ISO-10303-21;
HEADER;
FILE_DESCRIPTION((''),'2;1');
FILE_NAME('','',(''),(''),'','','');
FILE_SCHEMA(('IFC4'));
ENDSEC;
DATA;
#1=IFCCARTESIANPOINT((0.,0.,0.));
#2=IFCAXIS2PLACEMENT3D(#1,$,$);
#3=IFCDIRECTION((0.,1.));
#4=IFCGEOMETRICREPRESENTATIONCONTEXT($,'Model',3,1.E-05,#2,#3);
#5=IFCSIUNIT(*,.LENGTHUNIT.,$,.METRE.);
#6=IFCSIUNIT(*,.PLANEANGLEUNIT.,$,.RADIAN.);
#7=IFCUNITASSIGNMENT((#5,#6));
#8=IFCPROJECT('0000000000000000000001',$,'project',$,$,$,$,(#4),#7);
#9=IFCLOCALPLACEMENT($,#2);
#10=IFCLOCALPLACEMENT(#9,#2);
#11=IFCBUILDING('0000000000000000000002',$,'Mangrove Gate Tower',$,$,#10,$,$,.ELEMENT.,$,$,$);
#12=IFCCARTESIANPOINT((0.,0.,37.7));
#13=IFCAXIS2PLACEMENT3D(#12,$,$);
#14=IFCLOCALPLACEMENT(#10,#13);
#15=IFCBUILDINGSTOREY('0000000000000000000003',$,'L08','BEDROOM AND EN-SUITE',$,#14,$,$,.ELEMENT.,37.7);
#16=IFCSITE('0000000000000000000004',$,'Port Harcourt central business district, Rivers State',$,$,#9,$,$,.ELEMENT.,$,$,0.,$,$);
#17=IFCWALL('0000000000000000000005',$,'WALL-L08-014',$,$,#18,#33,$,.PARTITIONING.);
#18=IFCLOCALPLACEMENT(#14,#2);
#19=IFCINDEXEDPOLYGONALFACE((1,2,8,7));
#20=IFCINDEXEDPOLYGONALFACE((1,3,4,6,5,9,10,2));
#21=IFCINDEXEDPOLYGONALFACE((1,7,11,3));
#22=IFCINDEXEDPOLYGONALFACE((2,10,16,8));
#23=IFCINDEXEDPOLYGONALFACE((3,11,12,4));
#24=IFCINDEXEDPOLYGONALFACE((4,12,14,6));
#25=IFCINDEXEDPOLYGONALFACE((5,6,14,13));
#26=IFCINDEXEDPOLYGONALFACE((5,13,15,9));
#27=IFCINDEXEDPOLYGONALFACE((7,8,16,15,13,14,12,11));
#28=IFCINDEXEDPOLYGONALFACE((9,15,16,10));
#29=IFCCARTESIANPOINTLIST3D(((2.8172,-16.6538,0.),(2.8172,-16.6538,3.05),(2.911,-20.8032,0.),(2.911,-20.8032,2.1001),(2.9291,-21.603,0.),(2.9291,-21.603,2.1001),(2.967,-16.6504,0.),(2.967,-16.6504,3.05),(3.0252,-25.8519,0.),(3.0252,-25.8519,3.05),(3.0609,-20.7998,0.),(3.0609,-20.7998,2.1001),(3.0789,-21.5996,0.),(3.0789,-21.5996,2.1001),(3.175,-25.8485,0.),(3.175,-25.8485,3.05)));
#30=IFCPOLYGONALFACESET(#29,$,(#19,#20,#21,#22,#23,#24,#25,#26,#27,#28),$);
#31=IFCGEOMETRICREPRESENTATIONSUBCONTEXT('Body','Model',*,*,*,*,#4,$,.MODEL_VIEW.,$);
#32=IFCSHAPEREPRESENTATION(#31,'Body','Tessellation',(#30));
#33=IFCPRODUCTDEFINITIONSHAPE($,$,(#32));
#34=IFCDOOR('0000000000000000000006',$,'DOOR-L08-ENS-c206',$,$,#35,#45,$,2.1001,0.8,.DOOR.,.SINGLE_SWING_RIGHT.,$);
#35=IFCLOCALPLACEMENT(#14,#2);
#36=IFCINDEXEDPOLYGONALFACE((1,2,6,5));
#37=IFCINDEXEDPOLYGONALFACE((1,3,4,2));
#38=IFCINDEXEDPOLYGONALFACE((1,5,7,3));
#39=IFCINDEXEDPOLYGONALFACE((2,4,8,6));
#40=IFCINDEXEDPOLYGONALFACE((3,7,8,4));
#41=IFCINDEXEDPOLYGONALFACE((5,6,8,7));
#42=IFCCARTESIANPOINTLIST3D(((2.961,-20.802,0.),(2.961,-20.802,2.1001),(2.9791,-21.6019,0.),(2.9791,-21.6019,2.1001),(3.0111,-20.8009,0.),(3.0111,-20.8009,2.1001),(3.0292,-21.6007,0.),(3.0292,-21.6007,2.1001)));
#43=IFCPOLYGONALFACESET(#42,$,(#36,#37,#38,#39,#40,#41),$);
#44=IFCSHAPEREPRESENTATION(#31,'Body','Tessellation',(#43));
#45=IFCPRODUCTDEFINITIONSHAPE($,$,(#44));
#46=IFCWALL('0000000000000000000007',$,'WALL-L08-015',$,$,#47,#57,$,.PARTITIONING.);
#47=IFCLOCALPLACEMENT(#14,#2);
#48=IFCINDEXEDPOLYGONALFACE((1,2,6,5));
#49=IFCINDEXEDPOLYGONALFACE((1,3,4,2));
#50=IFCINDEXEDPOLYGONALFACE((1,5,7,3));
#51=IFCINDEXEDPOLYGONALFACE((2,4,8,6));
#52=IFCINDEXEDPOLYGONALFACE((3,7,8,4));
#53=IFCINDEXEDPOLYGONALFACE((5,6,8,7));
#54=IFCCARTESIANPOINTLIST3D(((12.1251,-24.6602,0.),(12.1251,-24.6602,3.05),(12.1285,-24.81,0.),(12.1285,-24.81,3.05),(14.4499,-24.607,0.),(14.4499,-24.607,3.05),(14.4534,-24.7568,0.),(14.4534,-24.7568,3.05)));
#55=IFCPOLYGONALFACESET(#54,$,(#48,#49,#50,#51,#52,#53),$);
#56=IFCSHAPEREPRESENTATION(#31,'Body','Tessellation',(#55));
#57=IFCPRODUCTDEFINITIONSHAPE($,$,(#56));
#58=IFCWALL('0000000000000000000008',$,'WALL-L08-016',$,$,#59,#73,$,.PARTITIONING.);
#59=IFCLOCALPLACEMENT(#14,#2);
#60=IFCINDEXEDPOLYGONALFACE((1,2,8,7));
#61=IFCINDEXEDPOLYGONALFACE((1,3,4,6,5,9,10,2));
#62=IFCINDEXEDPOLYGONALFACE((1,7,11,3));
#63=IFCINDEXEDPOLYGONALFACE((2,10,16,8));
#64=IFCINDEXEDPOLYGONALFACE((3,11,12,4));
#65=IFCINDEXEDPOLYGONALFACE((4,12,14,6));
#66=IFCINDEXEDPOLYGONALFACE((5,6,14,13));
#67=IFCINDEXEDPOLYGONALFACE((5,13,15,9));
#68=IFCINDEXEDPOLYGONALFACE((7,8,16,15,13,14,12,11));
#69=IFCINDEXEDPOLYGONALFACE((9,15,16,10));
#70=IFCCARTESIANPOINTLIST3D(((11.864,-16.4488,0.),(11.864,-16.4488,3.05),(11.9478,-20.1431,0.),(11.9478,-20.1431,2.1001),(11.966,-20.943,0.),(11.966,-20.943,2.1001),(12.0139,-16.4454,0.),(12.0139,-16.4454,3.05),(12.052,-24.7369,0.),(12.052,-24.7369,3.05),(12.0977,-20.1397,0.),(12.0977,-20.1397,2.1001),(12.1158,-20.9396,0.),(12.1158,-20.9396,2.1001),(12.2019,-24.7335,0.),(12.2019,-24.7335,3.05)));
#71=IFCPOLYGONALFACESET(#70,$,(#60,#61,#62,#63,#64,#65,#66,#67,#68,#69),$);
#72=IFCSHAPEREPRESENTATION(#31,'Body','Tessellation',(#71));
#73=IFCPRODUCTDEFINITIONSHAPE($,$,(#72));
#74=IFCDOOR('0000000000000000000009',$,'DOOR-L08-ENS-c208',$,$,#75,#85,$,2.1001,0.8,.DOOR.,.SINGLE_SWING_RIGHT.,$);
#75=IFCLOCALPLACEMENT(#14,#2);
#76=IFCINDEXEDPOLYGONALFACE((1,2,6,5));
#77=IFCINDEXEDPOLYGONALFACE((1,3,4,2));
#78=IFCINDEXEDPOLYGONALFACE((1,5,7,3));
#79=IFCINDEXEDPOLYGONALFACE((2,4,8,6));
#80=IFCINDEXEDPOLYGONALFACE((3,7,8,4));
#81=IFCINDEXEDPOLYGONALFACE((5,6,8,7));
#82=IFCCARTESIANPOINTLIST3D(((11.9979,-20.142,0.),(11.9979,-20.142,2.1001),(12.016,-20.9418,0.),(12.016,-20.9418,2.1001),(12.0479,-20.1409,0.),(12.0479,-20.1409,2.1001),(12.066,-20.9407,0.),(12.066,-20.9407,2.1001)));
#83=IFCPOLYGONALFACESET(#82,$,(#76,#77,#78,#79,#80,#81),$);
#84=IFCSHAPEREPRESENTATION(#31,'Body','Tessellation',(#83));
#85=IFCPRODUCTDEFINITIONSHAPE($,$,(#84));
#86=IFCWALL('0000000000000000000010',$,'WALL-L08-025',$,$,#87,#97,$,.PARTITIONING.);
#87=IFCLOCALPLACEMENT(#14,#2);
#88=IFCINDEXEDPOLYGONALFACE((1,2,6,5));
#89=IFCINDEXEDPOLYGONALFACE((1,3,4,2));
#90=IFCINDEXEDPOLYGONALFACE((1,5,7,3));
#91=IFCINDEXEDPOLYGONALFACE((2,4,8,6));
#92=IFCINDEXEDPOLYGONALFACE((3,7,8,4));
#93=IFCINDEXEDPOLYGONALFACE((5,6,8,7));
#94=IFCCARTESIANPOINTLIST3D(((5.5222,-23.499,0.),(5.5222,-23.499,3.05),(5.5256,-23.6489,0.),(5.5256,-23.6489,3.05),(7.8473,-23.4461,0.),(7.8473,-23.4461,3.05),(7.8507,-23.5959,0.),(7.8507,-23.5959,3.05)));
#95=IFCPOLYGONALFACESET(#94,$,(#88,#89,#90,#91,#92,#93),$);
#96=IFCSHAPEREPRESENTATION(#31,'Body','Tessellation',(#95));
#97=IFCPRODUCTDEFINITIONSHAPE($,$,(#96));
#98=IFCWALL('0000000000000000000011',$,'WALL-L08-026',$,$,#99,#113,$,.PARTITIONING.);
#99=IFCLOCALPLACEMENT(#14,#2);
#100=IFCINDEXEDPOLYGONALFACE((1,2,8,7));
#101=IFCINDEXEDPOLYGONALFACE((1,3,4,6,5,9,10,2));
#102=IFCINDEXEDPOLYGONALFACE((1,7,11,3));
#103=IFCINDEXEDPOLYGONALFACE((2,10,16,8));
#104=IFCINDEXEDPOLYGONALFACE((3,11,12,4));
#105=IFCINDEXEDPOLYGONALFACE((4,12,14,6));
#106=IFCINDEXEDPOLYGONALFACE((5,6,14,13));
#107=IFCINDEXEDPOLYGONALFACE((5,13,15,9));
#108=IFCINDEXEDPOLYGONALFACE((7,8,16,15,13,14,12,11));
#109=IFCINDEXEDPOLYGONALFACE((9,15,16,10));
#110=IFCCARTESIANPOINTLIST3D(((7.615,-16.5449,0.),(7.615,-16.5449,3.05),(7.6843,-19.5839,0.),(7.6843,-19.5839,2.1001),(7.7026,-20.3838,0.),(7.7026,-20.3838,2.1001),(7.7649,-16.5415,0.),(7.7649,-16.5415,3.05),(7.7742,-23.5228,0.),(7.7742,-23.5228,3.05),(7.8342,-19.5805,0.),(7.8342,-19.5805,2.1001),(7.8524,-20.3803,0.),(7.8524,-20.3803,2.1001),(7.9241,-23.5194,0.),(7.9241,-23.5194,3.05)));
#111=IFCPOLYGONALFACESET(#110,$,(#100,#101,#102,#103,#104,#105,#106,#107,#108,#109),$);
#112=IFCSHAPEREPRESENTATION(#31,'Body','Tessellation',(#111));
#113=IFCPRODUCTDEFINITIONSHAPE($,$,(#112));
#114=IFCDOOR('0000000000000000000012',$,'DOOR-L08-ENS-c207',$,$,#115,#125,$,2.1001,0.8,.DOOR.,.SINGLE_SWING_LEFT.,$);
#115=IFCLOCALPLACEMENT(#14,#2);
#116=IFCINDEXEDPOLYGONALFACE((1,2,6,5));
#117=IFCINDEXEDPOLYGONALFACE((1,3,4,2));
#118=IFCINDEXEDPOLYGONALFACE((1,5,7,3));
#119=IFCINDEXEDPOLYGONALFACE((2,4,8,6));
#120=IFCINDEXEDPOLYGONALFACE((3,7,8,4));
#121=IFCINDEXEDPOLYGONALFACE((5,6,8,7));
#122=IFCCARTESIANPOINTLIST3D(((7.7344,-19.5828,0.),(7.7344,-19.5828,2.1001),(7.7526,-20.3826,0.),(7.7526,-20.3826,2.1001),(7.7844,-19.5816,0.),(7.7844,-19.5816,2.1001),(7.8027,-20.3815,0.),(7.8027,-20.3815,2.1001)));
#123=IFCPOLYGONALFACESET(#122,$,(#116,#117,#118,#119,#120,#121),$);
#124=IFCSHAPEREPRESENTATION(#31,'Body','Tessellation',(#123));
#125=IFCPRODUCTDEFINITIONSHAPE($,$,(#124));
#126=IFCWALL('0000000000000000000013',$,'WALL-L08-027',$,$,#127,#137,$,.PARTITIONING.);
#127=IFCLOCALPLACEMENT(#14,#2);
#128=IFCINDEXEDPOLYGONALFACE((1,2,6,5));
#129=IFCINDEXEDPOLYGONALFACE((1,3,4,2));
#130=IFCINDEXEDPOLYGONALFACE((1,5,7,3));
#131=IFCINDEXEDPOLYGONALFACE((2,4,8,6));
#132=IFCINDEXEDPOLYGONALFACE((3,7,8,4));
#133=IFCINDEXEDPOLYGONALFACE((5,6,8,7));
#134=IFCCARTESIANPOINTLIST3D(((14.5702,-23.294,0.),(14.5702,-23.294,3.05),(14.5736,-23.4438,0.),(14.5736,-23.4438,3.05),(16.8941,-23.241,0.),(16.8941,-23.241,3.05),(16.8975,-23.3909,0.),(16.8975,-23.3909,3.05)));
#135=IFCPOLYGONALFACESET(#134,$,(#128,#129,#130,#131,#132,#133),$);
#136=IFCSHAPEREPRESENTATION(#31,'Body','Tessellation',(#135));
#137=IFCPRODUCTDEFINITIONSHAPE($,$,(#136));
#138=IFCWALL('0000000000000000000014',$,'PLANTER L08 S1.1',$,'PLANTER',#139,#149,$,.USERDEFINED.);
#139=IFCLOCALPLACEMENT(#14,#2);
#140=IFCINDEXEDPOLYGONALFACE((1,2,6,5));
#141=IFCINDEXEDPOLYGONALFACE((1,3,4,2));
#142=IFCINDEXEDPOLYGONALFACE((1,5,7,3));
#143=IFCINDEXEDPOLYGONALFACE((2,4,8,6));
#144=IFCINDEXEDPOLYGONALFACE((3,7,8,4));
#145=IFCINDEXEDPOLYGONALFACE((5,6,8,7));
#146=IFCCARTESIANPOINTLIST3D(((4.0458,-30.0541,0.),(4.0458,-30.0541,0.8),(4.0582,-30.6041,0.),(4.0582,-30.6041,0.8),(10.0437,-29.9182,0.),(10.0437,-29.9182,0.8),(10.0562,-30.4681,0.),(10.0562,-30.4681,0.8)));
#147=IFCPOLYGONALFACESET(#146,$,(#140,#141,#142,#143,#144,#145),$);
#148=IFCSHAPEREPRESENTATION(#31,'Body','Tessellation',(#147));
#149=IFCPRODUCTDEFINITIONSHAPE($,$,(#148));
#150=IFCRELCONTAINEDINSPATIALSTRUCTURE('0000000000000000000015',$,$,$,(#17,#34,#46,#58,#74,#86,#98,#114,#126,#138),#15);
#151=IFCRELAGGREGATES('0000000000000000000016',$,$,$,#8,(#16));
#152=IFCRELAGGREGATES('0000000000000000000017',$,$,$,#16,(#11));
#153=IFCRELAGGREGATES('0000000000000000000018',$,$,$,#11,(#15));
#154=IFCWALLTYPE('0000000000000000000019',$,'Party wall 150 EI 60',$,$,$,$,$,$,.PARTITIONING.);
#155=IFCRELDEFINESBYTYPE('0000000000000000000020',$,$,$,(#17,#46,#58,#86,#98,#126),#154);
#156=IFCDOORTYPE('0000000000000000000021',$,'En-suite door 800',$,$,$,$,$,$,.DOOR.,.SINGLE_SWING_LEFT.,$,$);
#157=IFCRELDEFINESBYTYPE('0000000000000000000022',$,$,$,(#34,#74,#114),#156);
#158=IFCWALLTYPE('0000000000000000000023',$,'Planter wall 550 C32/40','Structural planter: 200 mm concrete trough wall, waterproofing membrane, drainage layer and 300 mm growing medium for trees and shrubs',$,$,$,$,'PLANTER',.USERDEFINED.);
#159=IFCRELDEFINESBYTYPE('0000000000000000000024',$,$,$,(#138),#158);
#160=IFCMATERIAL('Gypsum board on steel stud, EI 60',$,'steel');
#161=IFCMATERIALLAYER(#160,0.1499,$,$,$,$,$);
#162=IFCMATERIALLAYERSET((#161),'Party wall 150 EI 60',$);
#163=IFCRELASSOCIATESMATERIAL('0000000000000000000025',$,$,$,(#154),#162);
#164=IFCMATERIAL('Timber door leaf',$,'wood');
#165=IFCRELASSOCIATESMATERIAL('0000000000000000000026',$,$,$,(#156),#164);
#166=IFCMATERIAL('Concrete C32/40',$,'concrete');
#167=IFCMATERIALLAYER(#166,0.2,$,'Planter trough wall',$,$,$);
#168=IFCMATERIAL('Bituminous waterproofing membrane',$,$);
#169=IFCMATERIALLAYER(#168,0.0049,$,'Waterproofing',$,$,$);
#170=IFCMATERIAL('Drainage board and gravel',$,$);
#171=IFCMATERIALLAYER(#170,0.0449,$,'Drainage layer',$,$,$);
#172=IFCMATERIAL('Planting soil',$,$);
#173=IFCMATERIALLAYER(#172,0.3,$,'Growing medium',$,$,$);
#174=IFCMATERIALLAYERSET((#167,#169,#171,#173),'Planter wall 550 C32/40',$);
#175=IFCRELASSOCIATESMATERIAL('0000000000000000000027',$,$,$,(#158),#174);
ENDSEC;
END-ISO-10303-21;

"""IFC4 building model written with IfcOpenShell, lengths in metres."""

from ifc_helpers import new_model, si_unit, direction, frame, frame_2d, origin, place, context, subcontext, project, spatial, rectangle, extrude, material, layer, layer_set, type_object, element, fill, save


model = new_model("IFC4")

# Units and contexts
model_context = context("Model", 3, precision=1e-05, world=origin(), true_north=direction((0.0, 1.0)))
body_context = subcontext(model_context, "Body", "Model", "MODEL_VIEW")
ifc_project = project(units=[si_unit("LENGTHUNIT", "METRE"), si_unit("PLANEANGLEUNIT", "RADIAN")], contexts=[model_context])

# Site, building, storey
site_placement = place(None, origin())
site = spatial("IfcSite", under=ifc_project, at=site_placement, Name="Port Harcourt central business district, Rivers State", CompositionType="ELEMENT", RefElevation=0.0)
building_placement = place(site_placement, origin())
building = spatial("IfcBuilding", under=site, at=building_placement, Name="Mangrove Gate Tower", CompositionType="ELEMENT")
storey_placement = place(building_placement, frame((0.0, 0.0, 37.7)))
storey = spatial("IfcBuildingStorey", under=building, at=storey_placement, Name="L08", Description="BEDROOM AND EN-SUITE", CompositionType="ELEMENT", Elevation=37.7)

# Shared definitions
ifc_material_1 = material(Name="Gypsum board on steel stud, EI 60", Category="steel")
ifc_layer_1 = layer(ifc_material_1, 0.1499)
ifc_layer_set_1 = layer_set([ifc_layer_1], Name="Party wall 150 EI 60")
wall_type_1 = type_object("IfcWallType", Name="Party wall 150 EI 60", PredefinedType="PARTITIONING", material=ifc_layer_set_1)

# Wall, opening, door
wall_1_placement = place(storey_placement, frame((3.1001, -25.8501, 0.0), z_axis=(0.0, 0.0, 1.0), x_axis=(-0.022609, 0.999744, 0.0)))
wall_1 = element("IfcWall", 1, at=wall_1_placement, inside=storey, type_object=wall_type_1, Name="WALL-L08-014", PredefinedType="PARTITIONING", context=body_context, shape_type="SweptSolid", body=[
    extrude(rectangle(XDim=9.2004, YDim=0.1499, at=frame_2d((4.6001, 0.0))), origin(), (0.0, 0.0, 1.0), 3.05),
])
opening_1_placement = place(wall_1_placement, frame((4.25, 0.0, 0.0)))
opening_1 = element("IfcOpeningElement", 2, at=opening_1_placement, cuts=wall_1, PredefinedType="OPENING", context=body_context, shape_type="SweptSolid", body=[
    extrude(rectangle(XDim=0.8, YDim=2.1001, at=frame_2d((0.3999, 1.05))), frame((0.0, 0.085, 0.0), z_axis=(0.0, -1.0, 0.0), x_axis=(1.0, 0.0, 0.0)), (0.0, 0.0, 1.0), 0.1699),
])
ifc_material_2 = material(Name="Timber door leaf", Category="wood")
door_type_1 = type_object("IfcDoorType", Name="En-suite door 800", OperationType="SINGLE_SWING_LEFT", PredefinedType="DOOR", material=ifc_material_2)
door_1_placement = place(opening_1_placement, origin())
door_1 = element("IfcDoor", 3, at=door_1_placement, inside=storey, type_object=door_type_1, Name="DOOR-L08-ENS-c206", OperationType="SINGLE_SWING_RIGHT", OverallHeight=2.1001, OverallWidth=0.8, PredefinedType="DOOR", context=body_context, shape_type="SweptSolid", body=[
    extrude(rectangle(XDim=0.8, YDim=2.1001, at=frame_2d((0.3999, 1.05))), frame((0.0, 0.0249, 0.0), z_axis=(0.0, -1.0, 0.0), x_axis=(1.0, 0.0, 0.0)), (0.0, 0.0, 1.0), 0.05),
])
fill(opening_1, door_1)

# Wall
wall_2_placement = place(storey_placement, frame((12.127, -24.7351, 0.0), z_axis=(0.0, 0.0, 1.0), x_axis=(0.999738, 0.022886, 0.0)))
element("IfcWall", 4, at=wall_2_placement, inside=storey, type_object=wall_type_1, Name="WALL-L08-015", PredefinedType="PARTITIONING", context=body_context, shape_type="SweptSolid", body=[
    extrude(rectangle(XDim=2.3254, YDim=0.1499, at=frame_2d((1.1626, 0.0))), origin(), (0.0, 0.0, 1.0), 3.05),
])

# Wall, opening, door
wall_3_placement = place(storey_placement, frame((12.127, -24.7351, 0.0), z_axis=(0.0, 0.0, 1.0), x_axis=(-0.022676, 0.999743, 0.0)))
wall_3 = element("IfcWall", 5, at=wall_3_placement, inside=storey, type_object=wall_type_1, Name="WALL-L08-016", PredefinedType="PARTITIONING", context=body_context, shape_type="SweptSolid", body=[
    extrude(rectangle(XDim=8.2903, YDim=0.1499, at=frame_2d((4.145, 0.0))), origin(), (0.0, 0.0, 1.0), 3.05),
])
opening_2_placement = place(wall_3_placement, frame((3.7949, 0.0, 0.0)))
opening_2 = element("IfcOpeningElement", 6, at=opening_2_placement, cuts=wall_3, PredefinedType="OPENING", context=body_context, shape_type="SweptSolid", body=[
    extrude(rectangle(XDim=0.8, YDim=2.1001, at=frame_2d((0.3999, 1.05))), frame((0.0, 0.085, 0.0), z_axis=(0.0, -1.0, 0.0), x_axis=(1.0, 0.0, 0.0)), (0.0, 0.0, 1.0), 0.1699),
])
door_2_placement = place(opening_2_placement, origin())
door_2 = element("IfcDoor", 7, at=door_2_placement, inside=storey, type_object=door_type_1, Name="DOOR-L08-ENS-c208", OperationType="SINGLE_SWING_RIGHT", OverallHeight=2.1001, OverallWidth=0.8, PredefinedType="DOOR", context=body_context, shape_type="SweptSolid", body=[
    extrude(rectangle(XDim=0.8, YDim=2.1001, at=frame_2d((0.3999, 1.05))), frame((0.0, 0.0249, 0.0), z_axis=(0.0, -1.0, 0.0), x_axis=(1.0, 0.0, 0.0)), (0.0, 0.0, 1.0), 0.05),
])
fill(opening_2, door_2)

# Wall
wall_4_placement = place(storey_placement, frame((5.5239, -23.574, 0.0), z_axis=(0.0, 0.0, 1.0), x_axis=(0.999741, 0.022779, 0.0)))
element("IfcWall", 8, at=wall_4_placement, inside=storey, type_object=wall_type_1, Name="WALL-L08-025", PredefinedType="PARTITIONING", context=body_context, shape_type="SweptSolid", body=[
    extrude(rectangle(XDim=2.3257, YDim=0.1499, at=frame_2d((1.1628, 0.0))), origin(), (0.0, 0.0, 1.0), 3.05),
])

# Wall, opening, door
wall_5_placement = place(storey_placement, frame((7.8491, -23.521, 0.0), z_axis=(0.0, 0.0, 1.0), x_axis=(-0.022806, 0.99974, 0.0)))
wall_5 = element("IfcWall", 9, at=wall_5_placement, inside=storey, type_object=wall_type_1, Name="WALL-L08-026", PredefinedType="PARTITIONING", context=body_context, shape_type="SweptSolid", body=[
    extrude(rectangle(XDim=6.9797, YDim=0.1499, at=frame_2d((3.4897, 0.0))), origin(), (0.0, 0.0, 1.0), 3.05),
])
opening_3_placement = place(wall_5_placement, frame((3.1399, 0.0, 0.0)))
opening_3 = element("IfcOpeningElement", 10, at=opening_3_placement, cuts=wall_5, PredefinedType="OPENING", context=body_context, shape_type="SweptSolid", body=[
    extrude(rectangle(XDim=0.8, YDim=2.1001, at=frame_2d((0.3999, 1.05))), frame((0.0, 0.085, 0.0), z_axis=(0.0, -1.0, 0.0), x_axis=(1.0, 0.0, 0.0)), (0.0, 0.0, 1.0), 0.1699),
])
door_3_placement = place(opening_3_placement, origin())
door_3 = element("IfcDoor", 11, at=door_3_placement, inside=storey, type_object=door_type_1, Name="DOOR-L08-ENS-c207", OperationType="SINGLE_SWING_LEFT", OverallHeight=2.1001, OverallWidth=0.8, PredefinedType="DOOR", context=body_context, shape_type="SweptSolid", body=[
    extrude(rectangle(XDim=0.8, YDim=2.1001, at=frame_2d((0.3999, 1.05))), frame((0.0, 0.0249, 0.0), z_axis=(0.0, -1.0, 0.0), x_axis=(1.0, 0.0, 0.0)), (0.0, 0.0, 1.0), 0.05),
])
fill(opening_3, door_3)

# Walls
wall_6_placement = place(storey_placement, frame((14.572, -23.3689, 0.0), z_axis=(0.0, 0.0, 1.0), x_axis=(0.99974, 0.022791, 0.0)))
element("IfcWall", 12, at=wall_6_placement, inside=storey, type_object=wall_type_1, Name="WALL-L08-027", PredefinedType="PARTITIONING", context=body_context, shape_type="SweptSolid", body=[
    extrude(rectangle(XDim=2.3245, YDim=0.1499, at=frame_2d((1.1621, 0.0))), origin(), (0.0, 0.0, 1.0), 3.05),
])
ifc_material_3 = material(Name="Concrete C32/40", Category="concrete")
ifc_layer_2 = layer(ifc_material_3, 0.2, Name="Planter trough wall")
ifc_material_4 = material(Name="Bituminous waterproofing membrane")
ifc_layer_3 = layer(ifc_material_4, 0.0049, Name="Waterproofing")
ifc_material_5 = material(Name="Drainage board and gravel")
ifc_layer_4 = layer(ifc_material_5, 0.0449, Name="Drainage layer")
ifc_material_6 = material(Name="Planting soil")
ifc_layer_5 = layer(ifc_material_6, 0.3, Name="Growing medium")
ifc_layer_set_2 = layer_set([ifc_layer_2, ifc_layer_3, ifc_layer_4, ifc_layer_5], Name="Planter wall 550 C32/40")
wall_type_2 = type_object("IfcWallType", Name="Planter wall 550 C32/40", Description="Structural planter: 200 mm concrete trough wall, waterproofing membrane, drainage layer and 300 mm growing medium for trees and shrubs", ElementType="PLANTER", PredefinedType="USERDEFINED", material=ifc_layer_set_2)
wall_7_placement = place(storey_placement, frame((4.052, -30.3291, 0.0), z_axis=(0.0, 0.0, 1.0), x_axis=(0.999743, 0.022666, 0.0)))
element("IfcWall", 13, at=wall_7_placement, inside=storey, type_object=wall_type_2, Name="PLANTER L08 S1.1", ObjectType="PLANTER", PredefinedType="USERDEFINED", context=body_context, shape_type="SweptSolid", body=[
    extrude(rectangle(XDim=5.9995, YDim=0.55, at=frame_2d((2.9998, 0.0))), origin(), (0.0, 0.0, 1.0), 0.8),
])

save(model, "model.ifc")
